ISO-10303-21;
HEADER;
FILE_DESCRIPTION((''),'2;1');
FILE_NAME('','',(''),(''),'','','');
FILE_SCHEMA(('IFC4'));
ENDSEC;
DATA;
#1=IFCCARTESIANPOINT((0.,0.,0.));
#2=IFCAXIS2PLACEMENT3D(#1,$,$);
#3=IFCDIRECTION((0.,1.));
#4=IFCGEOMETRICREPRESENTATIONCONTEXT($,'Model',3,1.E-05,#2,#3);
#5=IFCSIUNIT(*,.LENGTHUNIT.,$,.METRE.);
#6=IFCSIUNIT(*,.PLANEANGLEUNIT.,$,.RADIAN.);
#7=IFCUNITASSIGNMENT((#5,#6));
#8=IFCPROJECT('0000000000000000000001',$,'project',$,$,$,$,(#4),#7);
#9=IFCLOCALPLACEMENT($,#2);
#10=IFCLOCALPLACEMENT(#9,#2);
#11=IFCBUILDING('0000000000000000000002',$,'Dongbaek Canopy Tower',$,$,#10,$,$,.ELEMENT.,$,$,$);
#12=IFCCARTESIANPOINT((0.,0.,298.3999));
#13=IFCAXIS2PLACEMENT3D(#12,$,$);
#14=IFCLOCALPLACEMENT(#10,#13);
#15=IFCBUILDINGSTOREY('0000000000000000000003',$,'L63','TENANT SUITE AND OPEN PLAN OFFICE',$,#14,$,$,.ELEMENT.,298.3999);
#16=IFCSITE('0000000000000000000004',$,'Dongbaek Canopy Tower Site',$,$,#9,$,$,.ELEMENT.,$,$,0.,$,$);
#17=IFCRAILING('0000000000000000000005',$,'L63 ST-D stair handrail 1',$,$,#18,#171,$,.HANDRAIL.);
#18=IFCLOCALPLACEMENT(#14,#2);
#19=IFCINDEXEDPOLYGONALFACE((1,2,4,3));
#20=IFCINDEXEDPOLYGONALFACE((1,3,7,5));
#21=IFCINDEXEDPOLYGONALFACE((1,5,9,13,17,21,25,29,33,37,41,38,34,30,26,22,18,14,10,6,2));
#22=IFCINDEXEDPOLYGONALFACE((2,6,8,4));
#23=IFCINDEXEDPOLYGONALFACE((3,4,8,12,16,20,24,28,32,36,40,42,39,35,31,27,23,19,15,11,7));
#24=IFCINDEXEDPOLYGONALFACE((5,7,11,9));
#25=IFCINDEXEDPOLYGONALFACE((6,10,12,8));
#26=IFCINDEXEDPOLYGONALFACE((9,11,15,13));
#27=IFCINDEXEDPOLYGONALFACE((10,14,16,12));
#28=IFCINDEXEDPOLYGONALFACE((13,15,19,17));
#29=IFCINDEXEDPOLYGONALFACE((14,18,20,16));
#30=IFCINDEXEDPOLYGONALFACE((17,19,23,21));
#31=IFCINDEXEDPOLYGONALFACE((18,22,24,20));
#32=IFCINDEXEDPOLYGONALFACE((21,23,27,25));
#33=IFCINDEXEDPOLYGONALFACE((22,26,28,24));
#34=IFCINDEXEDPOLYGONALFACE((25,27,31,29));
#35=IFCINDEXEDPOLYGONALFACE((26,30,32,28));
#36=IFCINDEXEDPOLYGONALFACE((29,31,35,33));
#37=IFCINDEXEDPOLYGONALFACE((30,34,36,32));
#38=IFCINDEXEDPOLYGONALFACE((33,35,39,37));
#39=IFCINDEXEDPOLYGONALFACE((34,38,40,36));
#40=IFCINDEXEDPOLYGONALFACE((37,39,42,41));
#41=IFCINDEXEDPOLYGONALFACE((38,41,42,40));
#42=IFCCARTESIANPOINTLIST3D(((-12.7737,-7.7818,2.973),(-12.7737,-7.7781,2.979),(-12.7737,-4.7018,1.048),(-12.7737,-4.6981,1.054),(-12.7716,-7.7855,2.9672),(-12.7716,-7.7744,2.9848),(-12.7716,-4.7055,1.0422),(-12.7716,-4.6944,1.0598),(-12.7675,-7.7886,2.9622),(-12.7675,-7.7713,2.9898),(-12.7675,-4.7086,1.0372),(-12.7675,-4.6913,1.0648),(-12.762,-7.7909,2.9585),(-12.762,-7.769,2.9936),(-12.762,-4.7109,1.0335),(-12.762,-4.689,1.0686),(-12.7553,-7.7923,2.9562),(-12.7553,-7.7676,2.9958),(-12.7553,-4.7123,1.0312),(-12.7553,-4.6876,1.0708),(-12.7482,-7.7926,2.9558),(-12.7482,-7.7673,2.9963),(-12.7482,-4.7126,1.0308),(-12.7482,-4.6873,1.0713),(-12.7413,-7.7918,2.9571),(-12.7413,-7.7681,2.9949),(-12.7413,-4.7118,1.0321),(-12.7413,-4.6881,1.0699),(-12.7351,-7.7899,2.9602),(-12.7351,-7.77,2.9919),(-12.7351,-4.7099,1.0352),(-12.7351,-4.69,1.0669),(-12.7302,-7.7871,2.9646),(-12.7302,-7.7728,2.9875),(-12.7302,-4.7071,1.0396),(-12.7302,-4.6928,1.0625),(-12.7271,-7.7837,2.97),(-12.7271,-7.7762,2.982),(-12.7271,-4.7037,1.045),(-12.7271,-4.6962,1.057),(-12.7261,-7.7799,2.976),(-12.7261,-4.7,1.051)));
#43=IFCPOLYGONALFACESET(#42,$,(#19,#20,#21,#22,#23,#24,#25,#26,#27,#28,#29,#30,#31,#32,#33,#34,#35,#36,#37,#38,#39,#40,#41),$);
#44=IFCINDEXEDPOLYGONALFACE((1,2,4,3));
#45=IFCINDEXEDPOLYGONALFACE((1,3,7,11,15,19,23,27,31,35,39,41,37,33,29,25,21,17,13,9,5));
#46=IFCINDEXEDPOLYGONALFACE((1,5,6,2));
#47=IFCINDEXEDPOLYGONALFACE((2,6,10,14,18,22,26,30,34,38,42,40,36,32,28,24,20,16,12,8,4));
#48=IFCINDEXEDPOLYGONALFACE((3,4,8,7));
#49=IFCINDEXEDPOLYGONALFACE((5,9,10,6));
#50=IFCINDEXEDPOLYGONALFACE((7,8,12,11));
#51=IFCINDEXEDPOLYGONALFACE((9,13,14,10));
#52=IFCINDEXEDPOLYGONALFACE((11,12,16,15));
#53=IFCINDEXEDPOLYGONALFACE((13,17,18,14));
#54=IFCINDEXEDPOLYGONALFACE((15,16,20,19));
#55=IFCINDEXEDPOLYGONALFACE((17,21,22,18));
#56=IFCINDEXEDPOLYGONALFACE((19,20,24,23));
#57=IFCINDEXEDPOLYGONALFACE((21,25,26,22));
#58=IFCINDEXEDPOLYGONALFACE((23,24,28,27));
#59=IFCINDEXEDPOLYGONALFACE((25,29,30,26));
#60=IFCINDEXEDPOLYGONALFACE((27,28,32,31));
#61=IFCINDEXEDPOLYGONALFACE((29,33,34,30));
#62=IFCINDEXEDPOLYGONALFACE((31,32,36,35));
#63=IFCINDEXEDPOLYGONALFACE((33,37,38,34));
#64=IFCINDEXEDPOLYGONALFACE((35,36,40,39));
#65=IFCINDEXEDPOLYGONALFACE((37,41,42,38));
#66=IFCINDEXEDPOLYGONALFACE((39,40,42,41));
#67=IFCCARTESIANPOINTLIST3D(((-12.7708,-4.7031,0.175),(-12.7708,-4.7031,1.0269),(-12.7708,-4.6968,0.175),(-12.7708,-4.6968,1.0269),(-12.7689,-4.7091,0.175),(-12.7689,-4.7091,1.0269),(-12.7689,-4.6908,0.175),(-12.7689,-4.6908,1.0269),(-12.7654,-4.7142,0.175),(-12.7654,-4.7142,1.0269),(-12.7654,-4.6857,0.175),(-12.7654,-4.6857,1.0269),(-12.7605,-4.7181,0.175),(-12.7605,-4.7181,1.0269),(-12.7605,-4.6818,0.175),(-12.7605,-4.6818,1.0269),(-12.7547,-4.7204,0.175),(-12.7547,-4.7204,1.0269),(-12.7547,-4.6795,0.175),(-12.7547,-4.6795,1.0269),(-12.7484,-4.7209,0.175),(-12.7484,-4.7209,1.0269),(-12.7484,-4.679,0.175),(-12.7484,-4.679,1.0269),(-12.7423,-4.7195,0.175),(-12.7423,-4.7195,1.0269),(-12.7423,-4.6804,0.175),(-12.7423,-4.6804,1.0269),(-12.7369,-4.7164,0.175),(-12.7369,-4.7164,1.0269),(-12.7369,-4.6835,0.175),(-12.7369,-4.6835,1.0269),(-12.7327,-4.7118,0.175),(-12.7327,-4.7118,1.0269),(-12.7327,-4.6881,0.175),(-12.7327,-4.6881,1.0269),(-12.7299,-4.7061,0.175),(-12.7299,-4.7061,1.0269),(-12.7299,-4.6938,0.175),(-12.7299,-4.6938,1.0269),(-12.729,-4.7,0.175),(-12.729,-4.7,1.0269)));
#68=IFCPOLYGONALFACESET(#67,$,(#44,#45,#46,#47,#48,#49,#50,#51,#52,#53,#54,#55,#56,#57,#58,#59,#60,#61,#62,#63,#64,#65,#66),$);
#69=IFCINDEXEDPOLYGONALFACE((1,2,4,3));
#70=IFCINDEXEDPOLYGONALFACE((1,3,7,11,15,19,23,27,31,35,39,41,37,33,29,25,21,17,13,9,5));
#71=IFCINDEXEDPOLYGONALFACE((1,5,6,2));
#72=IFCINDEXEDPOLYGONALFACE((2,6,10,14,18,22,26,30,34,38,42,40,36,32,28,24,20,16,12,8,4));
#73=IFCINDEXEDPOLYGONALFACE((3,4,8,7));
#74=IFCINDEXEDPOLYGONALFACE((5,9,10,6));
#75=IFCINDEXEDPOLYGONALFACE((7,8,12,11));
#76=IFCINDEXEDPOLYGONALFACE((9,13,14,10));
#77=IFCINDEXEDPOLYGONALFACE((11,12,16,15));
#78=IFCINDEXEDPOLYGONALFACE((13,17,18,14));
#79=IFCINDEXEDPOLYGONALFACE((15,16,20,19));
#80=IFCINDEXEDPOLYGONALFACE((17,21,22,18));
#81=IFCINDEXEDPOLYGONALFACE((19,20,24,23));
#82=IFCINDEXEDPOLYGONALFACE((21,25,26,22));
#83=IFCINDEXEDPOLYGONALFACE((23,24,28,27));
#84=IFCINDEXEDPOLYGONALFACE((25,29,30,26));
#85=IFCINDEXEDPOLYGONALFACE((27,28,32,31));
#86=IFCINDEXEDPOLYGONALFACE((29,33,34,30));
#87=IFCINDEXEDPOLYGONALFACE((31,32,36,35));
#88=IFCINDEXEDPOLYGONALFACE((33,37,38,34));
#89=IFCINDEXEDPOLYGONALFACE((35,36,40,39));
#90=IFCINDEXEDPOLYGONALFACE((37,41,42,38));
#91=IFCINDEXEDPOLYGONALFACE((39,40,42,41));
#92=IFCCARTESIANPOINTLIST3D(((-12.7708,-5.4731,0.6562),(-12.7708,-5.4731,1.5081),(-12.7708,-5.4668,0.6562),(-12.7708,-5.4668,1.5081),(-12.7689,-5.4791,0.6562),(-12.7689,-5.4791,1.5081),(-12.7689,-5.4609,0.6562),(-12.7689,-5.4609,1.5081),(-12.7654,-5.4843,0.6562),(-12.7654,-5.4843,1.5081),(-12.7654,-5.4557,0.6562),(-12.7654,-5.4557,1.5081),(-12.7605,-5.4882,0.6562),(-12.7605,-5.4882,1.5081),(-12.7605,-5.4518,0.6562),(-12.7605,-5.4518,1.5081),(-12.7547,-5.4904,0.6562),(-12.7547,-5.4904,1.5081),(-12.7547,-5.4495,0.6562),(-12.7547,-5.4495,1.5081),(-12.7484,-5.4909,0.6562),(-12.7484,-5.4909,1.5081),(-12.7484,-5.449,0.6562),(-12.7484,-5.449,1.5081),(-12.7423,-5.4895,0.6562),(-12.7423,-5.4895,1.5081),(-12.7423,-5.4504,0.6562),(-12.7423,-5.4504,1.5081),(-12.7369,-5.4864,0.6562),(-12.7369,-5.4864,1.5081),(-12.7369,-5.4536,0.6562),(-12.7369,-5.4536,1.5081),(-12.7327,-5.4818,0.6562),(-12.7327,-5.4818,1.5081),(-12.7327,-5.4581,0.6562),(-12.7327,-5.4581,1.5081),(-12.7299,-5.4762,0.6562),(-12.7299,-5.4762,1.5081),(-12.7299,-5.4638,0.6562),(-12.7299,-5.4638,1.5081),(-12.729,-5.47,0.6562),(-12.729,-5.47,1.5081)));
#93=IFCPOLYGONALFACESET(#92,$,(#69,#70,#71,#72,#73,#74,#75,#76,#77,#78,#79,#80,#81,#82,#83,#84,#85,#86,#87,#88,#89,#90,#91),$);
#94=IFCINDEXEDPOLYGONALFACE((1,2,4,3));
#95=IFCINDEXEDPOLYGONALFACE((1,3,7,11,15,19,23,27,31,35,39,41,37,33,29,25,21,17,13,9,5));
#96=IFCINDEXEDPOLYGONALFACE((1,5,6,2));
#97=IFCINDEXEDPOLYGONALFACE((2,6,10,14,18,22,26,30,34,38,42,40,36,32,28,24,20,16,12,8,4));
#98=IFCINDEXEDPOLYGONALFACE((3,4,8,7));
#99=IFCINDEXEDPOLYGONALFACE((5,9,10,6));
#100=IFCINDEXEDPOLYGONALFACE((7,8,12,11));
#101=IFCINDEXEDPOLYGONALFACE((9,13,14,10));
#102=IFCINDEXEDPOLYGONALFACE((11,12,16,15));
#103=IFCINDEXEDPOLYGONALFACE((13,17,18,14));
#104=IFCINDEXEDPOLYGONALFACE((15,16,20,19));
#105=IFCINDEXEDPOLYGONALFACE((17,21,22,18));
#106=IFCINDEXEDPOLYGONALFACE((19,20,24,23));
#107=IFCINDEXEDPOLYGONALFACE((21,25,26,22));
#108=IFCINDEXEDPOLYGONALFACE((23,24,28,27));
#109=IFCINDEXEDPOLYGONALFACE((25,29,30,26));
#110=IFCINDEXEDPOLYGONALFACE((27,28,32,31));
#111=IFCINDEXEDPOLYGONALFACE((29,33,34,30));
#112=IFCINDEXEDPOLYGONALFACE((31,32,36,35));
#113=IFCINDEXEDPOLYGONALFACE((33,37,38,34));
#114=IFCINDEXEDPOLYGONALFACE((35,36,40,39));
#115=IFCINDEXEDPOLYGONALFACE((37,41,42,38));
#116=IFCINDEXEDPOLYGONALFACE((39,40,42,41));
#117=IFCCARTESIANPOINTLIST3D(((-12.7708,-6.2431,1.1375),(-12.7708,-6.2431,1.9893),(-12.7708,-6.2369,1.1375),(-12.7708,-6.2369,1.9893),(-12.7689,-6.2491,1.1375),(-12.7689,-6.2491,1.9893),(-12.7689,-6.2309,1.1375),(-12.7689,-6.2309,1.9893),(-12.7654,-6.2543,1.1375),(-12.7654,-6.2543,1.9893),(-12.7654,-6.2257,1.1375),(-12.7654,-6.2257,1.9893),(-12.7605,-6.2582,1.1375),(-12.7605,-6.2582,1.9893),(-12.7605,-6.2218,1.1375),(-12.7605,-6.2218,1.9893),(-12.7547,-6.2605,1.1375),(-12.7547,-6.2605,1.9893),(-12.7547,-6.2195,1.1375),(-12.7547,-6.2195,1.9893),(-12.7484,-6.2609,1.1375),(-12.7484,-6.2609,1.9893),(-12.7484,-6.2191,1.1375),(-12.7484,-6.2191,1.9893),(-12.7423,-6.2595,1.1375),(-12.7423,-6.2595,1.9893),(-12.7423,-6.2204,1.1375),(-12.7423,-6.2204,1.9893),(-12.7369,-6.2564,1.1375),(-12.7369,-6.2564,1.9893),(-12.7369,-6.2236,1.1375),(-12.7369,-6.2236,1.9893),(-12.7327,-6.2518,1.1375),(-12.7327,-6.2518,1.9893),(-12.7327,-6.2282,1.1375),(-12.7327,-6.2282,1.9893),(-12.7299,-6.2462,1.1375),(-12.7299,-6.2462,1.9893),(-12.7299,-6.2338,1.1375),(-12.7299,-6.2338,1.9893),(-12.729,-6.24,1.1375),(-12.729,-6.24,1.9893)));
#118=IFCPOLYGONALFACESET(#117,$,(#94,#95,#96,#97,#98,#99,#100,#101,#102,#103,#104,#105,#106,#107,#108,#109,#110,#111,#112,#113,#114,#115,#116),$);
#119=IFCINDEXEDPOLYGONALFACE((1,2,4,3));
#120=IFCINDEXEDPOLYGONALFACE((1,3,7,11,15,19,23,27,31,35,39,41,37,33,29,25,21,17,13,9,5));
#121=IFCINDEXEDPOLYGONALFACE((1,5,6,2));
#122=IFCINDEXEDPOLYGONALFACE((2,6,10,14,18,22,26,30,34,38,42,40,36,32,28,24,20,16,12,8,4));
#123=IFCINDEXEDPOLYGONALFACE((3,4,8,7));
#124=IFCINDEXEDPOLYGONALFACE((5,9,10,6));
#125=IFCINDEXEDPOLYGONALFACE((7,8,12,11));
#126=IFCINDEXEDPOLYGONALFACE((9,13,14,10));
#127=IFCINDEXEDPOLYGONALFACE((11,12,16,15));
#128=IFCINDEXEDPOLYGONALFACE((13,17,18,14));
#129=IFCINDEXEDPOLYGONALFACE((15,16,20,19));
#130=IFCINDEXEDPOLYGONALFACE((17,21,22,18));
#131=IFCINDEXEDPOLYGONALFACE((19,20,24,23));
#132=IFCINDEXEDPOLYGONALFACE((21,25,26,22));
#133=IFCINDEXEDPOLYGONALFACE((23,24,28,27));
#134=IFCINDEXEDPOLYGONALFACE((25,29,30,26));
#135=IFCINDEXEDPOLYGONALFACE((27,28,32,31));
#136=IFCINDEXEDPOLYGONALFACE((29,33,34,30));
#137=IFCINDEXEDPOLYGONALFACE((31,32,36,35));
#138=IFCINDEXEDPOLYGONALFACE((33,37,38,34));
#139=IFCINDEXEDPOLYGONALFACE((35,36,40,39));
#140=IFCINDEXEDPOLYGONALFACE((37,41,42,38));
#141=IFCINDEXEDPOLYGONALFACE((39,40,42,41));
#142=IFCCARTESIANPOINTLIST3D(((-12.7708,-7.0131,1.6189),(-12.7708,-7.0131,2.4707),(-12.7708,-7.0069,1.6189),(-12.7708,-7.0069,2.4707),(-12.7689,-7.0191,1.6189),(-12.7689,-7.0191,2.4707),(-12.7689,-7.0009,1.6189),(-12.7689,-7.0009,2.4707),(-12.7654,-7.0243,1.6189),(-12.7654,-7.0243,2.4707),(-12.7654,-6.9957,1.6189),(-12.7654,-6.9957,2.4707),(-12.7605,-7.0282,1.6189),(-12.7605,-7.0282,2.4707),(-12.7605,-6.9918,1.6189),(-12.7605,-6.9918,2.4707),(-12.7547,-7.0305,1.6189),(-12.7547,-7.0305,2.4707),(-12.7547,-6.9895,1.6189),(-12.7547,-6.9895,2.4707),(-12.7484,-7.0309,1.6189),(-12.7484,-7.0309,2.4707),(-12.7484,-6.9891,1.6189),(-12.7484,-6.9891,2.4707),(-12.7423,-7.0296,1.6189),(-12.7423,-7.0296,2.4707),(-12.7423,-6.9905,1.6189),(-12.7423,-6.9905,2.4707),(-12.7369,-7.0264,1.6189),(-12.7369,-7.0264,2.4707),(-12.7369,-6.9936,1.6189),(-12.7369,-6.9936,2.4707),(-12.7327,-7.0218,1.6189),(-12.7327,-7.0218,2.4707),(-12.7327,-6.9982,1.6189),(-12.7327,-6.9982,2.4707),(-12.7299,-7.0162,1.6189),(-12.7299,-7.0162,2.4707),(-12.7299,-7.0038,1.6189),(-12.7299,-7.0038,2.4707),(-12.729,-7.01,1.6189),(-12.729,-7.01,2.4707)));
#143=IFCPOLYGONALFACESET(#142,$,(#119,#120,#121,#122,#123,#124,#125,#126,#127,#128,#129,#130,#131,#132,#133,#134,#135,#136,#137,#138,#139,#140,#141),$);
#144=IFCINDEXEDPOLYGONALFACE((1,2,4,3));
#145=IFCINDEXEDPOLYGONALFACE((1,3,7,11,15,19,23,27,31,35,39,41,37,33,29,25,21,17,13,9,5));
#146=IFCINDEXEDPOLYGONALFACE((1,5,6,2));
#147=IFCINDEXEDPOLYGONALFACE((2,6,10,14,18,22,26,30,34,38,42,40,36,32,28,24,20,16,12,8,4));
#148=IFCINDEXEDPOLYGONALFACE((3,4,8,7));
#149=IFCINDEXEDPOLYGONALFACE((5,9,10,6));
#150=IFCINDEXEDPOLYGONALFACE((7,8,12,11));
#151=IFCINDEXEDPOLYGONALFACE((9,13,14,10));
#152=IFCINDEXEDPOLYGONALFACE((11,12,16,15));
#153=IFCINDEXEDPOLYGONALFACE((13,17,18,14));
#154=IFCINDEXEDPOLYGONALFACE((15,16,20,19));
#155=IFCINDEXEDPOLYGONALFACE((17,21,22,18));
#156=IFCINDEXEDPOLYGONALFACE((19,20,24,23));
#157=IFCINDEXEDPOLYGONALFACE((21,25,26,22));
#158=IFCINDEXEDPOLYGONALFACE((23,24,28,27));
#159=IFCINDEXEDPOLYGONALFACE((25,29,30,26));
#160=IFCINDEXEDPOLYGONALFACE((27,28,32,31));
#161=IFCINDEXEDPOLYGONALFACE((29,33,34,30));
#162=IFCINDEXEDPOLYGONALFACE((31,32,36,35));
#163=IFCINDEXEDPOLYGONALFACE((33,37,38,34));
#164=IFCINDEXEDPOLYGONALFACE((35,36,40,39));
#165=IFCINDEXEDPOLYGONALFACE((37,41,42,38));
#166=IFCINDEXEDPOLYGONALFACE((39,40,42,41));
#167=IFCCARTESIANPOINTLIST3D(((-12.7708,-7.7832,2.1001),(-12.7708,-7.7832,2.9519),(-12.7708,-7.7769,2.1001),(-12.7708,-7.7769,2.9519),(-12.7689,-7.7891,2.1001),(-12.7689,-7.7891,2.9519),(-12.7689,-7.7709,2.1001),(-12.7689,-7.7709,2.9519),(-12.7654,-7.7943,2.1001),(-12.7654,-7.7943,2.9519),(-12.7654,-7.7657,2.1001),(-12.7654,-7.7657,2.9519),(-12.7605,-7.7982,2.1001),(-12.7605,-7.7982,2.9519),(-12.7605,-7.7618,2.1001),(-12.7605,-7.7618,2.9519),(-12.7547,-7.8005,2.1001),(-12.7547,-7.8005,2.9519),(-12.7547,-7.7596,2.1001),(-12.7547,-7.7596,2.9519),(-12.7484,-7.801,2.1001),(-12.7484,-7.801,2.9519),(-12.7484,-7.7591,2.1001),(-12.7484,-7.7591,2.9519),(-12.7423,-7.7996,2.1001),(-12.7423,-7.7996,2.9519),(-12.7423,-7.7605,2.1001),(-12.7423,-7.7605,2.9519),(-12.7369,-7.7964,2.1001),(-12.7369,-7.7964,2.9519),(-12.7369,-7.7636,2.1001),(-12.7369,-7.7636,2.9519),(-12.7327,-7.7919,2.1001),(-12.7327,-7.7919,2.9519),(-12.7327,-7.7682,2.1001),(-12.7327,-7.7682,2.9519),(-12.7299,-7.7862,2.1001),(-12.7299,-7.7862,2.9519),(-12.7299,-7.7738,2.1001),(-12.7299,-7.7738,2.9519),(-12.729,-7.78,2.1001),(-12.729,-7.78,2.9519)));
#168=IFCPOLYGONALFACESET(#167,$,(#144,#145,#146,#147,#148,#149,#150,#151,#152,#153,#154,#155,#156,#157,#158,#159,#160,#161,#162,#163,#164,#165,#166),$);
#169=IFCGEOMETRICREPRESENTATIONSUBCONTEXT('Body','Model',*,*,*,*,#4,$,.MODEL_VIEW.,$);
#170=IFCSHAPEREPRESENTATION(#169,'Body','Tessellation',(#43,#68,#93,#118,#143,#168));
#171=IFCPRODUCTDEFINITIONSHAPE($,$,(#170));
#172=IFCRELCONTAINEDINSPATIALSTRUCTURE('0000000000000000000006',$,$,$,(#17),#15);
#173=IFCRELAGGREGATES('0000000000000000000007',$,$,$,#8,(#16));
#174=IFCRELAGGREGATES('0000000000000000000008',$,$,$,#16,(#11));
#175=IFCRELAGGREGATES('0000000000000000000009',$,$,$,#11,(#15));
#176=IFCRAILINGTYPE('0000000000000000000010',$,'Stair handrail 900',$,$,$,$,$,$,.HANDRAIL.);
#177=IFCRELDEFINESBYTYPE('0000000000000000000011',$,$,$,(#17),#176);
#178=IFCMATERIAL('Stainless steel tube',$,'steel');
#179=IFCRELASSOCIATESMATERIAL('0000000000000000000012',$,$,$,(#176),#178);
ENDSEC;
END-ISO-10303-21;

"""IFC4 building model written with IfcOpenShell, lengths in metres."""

from ifc_helpers import new_model, si_unit, direction, frame, origin, origin_2d, place, context, subcontext, project, spatial, circle, extrude, material, type_object, element, save


model = new_model("IFC4")

# Units and contexts
model_context = context("Model", 3, precision=1e-05, world=origin(), true_north=direction((0.0, 1.0)))
body_context = subcontext(model_context, "Body", "Model", "MODEL_VIEW")
ifc_project = project(units=[si_unit("LENGTHUNIT", "METRE"), si_unit("PLANEANGLEUNIT", "RADIAN")], contexts=[model_context])

# Site, building, storey
site_placement = place(None, origin())
site = spatial("IfcSite", under=ifc_project, at=site_placement, Name="Dongbaek Canopy Tower Site", CompositionType="ELEMENT", RefElevation=0.0)
building_placement = place(site_placement, origin())
building = spatial("IfcBuilding", under=site, at=building_placement, Name="Dongbaek Canopy Tower", CompositionType="ELEMENT")
storey_placement = place(building_placement, frame((0.0, 0.0, 298.3999)))
storey = spatial("IfcBuildingStorey", under=building, at=storey_placement, Name="L63", Description="TENANT SUITE AND OPEN PLAN OFFICE", CompositionType="ELEMENT", Elevation=298.3999)

# Railing
ifc_material_1 = material(Name="Stainless steel tube", Category="steel")
railing_type_1 = type_object("IfcRailingType", Name="Stair handrail 900", PredefinedType="HANDRAIL", material=ifc_material_1)
railing_1_placement = place(storey_placement, frame((-12.75, -4.7, 0.175)))
element("IfcRailing", 1, at=railing_1_placement, inside=storey, type_object=railing_type_1, Name="L63 ST-D stair handrail 1", PredefinedType="HANDRAIL", context=body_context, shape_type="SweptSolid", body=[
    extrude(circle(Radius=0.0239, at=origin_2d()), frame((0.0, 0.0, 0.876), z_axis=(0.0, -0.847998, 0.529999), x_axis=(1.0, 0.0, 0.0)), (0.0, 0.0, 1.0), 3.6321),
    extrude(circle(Radius=0.021, at=origin_2d()), origin(), (0.0, 0.0, 1.0), 0.8518),
    extrude(circle(Radius=0.021, at=origin_2d()), frame((0.0, -0.77, 0.4812)), (0.0, 0.0, 1.0), 0.8518),
    extrude(circle(Radius=0.021, at=origin_2d()), frame((0.0, -1.54, 0.9624)), (0.0, 0.0, 1.0), 0.8518),
    extrude(circle(Radius=0.021, at=origin_2d()), frame((0.0, -2.3101, 1.4438)), (0.0, 0.0, 1.0), 0.8518),
    extrude(circle(Radius=0.021, at=origin_2d()), frame((0.0, -3.0801, 1.925)), (0.0, 0.0, 1.0), 0.8518),
])

save(model, "model.ifc")
